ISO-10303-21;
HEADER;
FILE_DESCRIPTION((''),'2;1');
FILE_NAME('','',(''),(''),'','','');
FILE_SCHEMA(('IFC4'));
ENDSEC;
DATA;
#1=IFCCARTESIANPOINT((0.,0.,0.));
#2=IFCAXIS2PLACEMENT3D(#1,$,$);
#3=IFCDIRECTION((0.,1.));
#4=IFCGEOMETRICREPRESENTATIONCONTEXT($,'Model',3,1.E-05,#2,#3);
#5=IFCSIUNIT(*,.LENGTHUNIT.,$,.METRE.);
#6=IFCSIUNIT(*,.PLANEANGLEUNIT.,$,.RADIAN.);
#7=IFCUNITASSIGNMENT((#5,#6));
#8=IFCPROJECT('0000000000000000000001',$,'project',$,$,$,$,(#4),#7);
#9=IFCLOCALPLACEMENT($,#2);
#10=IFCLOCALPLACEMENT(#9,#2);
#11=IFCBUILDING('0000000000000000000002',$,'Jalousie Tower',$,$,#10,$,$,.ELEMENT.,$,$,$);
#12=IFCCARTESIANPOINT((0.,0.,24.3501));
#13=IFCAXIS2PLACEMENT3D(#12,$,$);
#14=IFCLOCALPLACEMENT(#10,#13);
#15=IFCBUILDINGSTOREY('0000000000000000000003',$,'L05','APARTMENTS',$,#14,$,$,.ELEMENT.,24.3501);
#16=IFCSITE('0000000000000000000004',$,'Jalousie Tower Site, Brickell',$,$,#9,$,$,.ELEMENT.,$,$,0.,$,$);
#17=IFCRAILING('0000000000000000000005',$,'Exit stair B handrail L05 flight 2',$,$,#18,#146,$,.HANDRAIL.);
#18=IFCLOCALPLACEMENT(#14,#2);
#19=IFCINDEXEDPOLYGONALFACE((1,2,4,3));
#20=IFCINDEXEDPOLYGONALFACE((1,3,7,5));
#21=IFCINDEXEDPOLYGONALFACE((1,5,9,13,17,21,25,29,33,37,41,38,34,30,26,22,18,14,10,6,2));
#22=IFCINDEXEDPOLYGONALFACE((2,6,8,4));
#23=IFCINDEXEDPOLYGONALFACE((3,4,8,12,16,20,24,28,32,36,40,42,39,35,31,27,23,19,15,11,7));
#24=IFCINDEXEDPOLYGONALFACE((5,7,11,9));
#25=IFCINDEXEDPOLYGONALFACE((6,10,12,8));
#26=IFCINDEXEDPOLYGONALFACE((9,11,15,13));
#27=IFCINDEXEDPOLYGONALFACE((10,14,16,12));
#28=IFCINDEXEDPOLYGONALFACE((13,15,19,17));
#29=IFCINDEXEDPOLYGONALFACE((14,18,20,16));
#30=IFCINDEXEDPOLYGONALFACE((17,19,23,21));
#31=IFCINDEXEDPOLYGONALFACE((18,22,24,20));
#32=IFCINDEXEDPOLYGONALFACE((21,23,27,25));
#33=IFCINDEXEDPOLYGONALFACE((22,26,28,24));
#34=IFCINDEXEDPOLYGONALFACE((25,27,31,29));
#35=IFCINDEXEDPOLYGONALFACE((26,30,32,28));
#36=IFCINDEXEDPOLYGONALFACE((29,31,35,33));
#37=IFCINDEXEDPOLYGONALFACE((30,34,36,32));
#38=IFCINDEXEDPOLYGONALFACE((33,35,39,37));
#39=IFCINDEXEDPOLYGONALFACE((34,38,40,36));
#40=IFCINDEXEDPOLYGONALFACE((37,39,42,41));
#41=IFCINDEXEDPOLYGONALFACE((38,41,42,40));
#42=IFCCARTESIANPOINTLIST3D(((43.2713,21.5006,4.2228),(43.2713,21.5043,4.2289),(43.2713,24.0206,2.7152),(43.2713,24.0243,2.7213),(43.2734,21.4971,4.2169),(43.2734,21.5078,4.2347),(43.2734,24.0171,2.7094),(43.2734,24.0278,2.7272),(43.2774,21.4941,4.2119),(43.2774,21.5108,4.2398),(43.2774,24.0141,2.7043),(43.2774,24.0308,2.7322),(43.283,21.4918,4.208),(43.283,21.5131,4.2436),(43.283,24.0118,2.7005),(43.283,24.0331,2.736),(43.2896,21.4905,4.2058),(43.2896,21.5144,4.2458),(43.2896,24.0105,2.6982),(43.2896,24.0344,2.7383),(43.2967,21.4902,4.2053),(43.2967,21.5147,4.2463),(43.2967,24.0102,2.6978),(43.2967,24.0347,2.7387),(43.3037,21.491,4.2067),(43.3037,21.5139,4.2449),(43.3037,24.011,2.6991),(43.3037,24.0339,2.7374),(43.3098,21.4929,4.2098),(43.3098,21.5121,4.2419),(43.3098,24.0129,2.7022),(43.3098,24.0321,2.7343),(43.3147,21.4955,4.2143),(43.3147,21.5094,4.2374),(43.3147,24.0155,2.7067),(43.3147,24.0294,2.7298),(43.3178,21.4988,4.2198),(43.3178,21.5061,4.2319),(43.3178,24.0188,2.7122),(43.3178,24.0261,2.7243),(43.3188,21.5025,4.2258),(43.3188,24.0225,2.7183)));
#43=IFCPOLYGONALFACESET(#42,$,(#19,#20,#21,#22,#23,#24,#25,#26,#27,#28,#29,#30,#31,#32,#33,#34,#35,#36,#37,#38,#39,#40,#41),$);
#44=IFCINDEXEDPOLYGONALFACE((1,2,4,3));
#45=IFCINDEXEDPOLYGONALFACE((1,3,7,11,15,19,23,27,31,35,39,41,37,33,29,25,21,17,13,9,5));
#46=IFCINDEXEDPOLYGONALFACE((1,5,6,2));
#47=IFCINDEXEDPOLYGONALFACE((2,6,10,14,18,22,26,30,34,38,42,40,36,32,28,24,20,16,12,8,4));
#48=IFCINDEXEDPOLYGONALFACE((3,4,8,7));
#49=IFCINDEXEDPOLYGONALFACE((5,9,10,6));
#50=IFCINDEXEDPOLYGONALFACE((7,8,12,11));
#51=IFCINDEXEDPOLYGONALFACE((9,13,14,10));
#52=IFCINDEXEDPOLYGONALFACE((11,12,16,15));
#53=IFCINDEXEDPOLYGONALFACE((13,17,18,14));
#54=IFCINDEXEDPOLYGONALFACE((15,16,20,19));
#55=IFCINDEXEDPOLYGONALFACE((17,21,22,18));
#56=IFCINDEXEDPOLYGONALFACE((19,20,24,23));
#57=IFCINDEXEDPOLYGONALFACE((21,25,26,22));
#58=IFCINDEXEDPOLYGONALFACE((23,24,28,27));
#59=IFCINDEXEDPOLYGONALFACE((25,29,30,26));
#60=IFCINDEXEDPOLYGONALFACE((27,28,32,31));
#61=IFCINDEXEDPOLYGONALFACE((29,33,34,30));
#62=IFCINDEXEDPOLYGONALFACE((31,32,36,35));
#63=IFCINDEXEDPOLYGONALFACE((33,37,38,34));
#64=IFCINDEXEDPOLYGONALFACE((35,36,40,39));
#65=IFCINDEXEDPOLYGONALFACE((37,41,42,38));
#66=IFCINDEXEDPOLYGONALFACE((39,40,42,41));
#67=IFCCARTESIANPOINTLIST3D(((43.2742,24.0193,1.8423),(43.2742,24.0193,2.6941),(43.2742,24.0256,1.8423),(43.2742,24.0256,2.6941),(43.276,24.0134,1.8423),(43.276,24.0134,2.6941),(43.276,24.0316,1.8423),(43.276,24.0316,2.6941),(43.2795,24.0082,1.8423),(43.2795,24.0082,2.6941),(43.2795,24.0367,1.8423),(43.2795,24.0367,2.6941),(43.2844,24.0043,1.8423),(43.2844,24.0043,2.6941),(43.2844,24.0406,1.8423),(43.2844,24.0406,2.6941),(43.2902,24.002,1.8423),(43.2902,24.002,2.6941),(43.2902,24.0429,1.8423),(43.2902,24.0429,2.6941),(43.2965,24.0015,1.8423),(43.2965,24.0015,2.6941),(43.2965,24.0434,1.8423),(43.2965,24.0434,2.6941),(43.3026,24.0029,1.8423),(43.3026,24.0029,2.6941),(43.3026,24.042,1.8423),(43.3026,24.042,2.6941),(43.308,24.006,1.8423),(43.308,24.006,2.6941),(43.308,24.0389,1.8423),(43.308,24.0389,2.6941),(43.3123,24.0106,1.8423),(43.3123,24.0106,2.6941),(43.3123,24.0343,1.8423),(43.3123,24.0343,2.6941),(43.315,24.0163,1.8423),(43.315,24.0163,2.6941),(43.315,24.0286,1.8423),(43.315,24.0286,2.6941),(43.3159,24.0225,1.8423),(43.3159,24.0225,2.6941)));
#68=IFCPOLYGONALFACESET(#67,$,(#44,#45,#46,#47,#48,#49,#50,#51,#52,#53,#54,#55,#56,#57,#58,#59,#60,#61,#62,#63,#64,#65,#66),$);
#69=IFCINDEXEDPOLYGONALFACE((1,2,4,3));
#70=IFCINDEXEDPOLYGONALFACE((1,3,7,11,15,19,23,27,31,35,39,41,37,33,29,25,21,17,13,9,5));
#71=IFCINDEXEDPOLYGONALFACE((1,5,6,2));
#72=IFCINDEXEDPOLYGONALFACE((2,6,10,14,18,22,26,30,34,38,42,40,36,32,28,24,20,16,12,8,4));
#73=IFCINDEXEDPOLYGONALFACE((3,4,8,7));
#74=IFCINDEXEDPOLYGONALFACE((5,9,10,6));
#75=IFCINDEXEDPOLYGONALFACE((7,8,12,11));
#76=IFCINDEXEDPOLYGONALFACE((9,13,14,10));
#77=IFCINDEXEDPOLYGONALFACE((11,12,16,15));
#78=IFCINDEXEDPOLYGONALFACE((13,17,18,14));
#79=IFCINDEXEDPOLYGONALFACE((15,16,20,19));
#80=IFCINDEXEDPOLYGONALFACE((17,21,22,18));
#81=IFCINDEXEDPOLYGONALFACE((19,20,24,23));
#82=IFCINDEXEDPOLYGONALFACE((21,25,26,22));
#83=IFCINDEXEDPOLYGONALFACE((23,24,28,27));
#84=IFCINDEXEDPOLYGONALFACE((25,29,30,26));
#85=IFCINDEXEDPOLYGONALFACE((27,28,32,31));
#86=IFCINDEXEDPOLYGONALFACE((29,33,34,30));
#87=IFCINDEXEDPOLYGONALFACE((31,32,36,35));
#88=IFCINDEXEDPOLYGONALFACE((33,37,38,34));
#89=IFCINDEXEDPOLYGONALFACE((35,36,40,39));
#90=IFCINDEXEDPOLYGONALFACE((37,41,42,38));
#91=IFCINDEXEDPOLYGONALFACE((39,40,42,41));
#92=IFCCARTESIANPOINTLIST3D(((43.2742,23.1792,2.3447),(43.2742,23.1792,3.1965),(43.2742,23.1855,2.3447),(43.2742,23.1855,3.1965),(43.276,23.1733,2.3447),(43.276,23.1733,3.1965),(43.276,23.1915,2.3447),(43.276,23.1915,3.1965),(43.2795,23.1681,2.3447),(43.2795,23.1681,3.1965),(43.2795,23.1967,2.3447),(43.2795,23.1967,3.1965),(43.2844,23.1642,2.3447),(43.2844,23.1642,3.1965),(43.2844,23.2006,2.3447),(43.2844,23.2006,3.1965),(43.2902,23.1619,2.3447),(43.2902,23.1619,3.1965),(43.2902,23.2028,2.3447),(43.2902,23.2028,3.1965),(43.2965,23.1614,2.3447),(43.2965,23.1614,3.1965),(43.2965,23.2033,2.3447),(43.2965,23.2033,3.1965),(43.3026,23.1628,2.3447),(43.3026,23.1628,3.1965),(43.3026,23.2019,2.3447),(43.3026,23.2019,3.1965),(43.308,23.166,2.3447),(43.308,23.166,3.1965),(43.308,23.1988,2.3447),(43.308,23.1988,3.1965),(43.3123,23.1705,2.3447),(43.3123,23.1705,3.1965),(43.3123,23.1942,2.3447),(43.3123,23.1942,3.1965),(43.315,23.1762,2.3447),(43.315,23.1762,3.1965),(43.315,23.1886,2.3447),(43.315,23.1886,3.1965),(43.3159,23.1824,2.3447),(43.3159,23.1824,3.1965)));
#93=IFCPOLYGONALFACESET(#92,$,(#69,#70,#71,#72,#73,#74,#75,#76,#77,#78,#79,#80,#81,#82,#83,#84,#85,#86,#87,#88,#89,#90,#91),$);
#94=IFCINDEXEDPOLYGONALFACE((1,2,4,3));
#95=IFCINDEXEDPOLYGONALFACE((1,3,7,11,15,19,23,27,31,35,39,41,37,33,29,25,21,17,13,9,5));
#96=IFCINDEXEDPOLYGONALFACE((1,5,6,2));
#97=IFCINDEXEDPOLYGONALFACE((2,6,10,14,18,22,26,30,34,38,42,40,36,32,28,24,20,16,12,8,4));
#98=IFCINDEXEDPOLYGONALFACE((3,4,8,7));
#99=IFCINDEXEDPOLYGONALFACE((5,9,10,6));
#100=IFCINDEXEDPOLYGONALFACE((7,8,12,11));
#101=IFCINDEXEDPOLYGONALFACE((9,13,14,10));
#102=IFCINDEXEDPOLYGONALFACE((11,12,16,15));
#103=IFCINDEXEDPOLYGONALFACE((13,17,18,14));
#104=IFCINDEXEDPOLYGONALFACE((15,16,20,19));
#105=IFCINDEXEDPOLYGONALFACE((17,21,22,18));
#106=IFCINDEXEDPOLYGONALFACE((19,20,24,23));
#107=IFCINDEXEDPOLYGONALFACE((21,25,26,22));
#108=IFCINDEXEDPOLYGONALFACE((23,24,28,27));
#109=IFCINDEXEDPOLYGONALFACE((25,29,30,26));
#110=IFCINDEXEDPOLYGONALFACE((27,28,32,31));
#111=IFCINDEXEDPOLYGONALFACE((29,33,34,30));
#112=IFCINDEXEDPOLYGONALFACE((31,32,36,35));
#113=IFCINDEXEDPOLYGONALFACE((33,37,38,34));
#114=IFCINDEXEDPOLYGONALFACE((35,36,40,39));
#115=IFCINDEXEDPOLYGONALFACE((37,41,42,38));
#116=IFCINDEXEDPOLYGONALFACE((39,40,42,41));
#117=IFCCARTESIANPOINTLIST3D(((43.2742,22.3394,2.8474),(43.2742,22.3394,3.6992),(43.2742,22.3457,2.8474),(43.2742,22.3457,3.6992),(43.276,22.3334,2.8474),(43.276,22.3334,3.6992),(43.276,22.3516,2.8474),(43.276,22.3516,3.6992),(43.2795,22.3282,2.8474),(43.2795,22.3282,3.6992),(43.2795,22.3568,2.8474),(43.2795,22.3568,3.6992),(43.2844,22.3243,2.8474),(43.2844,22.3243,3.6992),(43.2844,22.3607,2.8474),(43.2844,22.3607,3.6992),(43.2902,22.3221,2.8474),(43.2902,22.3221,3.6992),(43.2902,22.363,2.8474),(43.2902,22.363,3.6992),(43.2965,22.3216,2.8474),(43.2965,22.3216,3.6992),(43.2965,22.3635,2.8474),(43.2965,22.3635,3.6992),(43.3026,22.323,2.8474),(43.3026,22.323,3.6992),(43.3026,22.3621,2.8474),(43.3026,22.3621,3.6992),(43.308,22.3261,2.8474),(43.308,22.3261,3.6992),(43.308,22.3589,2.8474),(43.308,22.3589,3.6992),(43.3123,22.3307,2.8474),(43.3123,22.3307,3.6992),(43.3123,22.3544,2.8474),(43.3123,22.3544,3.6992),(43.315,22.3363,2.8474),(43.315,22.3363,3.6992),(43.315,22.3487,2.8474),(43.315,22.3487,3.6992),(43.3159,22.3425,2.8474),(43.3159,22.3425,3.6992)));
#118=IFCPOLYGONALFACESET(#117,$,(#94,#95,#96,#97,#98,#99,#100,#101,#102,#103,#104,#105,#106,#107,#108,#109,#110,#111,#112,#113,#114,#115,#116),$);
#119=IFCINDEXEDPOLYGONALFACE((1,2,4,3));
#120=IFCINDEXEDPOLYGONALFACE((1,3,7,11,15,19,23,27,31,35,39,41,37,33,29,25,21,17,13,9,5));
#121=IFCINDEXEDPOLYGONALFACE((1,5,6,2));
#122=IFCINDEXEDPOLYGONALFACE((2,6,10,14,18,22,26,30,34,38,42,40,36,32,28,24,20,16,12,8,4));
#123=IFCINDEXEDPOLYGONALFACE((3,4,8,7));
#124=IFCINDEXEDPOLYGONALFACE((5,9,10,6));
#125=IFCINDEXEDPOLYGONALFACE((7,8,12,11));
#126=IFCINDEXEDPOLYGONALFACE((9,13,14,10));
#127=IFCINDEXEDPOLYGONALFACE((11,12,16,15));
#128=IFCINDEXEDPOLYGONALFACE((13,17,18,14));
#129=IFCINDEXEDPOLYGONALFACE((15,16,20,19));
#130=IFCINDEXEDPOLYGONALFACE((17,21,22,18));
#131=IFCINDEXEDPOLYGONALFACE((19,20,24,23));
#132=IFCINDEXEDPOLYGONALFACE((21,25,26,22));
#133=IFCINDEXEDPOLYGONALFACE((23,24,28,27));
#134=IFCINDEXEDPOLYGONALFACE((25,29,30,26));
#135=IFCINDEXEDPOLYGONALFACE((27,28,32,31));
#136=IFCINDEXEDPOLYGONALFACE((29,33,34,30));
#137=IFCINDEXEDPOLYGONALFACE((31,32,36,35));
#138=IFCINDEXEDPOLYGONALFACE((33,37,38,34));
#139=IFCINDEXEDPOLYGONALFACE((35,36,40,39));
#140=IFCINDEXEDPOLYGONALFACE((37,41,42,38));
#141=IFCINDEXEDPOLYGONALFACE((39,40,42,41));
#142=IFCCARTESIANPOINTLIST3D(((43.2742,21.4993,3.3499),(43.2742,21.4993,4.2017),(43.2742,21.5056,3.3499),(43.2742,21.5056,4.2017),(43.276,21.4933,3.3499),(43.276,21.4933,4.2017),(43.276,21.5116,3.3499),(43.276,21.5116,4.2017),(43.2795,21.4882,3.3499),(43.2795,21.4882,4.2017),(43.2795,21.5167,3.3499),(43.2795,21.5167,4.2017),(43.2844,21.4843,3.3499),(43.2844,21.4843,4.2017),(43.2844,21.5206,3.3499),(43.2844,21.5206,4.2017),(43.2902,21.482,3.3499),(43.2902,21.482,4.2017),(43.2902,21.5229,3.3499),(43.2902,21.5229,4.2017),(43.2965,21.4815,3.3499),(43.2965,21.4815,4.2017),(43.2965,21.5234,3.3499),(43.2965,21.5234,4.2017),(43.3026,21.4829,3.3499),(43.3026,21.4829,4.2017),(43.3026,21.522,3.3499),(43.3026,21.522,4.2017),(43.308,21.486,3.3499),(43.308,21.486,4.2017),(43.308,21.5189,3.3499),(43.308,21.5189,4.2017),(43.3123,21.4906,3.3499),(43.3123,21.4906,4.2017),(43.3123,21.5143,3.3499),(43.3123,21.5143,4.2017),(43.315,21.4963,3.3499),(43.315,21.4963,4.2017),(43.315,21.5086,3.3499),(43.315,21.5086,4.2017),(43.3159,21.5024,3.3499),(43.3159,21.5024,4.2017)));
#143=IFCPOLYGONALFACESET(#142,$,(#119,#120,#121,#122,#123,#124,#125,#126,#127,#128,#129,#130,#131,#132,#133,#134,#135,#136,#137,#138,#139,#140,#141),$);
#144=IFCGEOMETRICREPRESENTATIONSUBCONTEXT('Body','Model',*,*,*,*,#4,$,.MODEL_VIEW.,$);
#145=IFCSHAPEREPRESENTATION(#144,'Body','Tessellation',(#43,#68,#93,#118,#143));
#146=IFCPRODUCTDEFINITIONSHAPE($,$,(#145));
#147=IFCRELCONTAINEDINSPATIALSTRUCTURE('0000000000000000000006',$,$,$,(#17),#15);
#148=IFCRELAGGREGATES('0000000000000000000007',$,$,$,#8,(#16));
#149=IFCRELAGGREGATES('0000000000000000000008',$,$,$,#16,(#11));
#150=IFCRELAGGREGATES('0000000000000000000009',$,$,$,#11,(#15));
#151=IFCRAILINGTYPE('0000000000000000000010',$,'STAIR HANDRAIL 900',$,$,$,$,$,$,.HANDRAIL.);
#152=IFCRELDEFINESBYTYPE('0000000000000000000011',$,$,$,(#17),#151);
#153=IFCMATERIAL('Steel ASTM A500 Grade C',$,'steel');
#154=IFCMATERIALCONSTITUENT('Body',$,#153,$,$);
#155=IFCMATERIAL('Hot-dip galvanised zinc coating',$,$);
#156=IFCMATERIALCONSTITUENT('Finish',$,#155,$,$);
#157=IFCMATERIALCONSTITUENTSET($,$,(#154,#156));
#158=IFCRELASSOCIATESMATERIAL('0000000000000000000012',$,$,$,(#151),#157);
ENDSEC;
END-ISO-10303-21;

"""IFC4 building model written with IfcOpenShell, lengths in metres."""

from ifc_helpers import new_model, si_unit, direction, frame, origin, origin_2d, place, context, subcontext, project, spatial, circle, extrude, material, constituent, constituent_set, type_object, element, save


model = new_model("IFC4")

# Units and contexts
model_context = context("Model", 3, precision=1e-05, world=origin(), true_north=direction((0.0, 1.0)))
body_context = subcontext(model_context, "Body", "Model", "MODEL_VIEW")
ifc_project = project(units=[si_unit("LENGTHUNIT", "METRE"), si_unit("PLANEANGLEUNIT", "RADIAN")], contexts=[model_context])

# Site, building, storey
site_placement = place(None, origin())
site = spatial("IfcSite", under=ifc_project, at=site_placement, Name="Jalousie Tower Site, Brickell", CompositionType="ELEMENT", RefElevation=0.0)
building_placement = place(site_placement, origin())
building = spatial("IfcBuilding", under=site, at=building_placement, Name="Jalousie Tower", CompositionType="ELEMENT")
storey_placement = place(building_placement, frame((0.0, 0.0, 24.3501)))
storey = spatial("IfcBuildingStorey", under=building, at=storey_placement, Name="L05", Description="APARTMENTS", CompositionType="ELEMENT", Elevation=24.3501)

# Railing
ifc_material_1 = material(Name="Steel ASTM A500 Grade C", Category="steel")
ifc_constituent_1 = constituent(ifc_material_1, Name="Body")
ifc_material_2 = material(Name="Hot-dip galvanised zinc coating")
ifc_constituent_2 = constituent(ifc_material_2, Name="Finish")
ifc_constituent_set_1 = constituent_set(constituents=[ifc_constituent_1, ifc_constituent_2])
railing_type_1 = type_object("IfcRailingType", Name="STAIR HANDRAIL 900", PredefinedType="HANDRAIL", material=ifc_constituent_set_1)
railing_1_placement = place(storey_placement, frame((43.2949, 24.0225, 1.8423)))
element("IfcRailing", 1, at=railing_1_placement, inside=storey, type_object=railing_type_1, Name="Exit stair B handrail L05 flight 2", PredefinedType="HANDRAIL", context=body_context, shape_type="SweptSolid", body=[
    extrude(circle(Radius=0.0239, at=origin_2d()), frame((0.0, 0.0, 0.876), z_axis=(0.0, -0.85816, 0.513383), x_axis=(1.0, 0.0, 0.0)), (0.0, 0.0, 1.0), 2.9365),
    extrude(circle(Radius=0.021, at=origin_2d()), origin(), (0.0, 0.0, 1.0), 0.8518),
    extrude(circle(Radius=0.021, at=origin_2d()), frame((0.0, -0.8401, 0.5024)), (0.0, 0.0, 1.0), 0.8518),
    extrude(circle(Radius=0.021, at=origin_2d()), frame((0.0, -1.6799, 1.0051)), (0.0, 0.0, 1.0), 0.8518),
    extrude(circle(Radius=0.021, at=origin_2d()), frame((0.0, -2.52, 1.5076)), (0.0, 0.0, 1.0), 0.8518),
])

save(model, "model.ifc")
